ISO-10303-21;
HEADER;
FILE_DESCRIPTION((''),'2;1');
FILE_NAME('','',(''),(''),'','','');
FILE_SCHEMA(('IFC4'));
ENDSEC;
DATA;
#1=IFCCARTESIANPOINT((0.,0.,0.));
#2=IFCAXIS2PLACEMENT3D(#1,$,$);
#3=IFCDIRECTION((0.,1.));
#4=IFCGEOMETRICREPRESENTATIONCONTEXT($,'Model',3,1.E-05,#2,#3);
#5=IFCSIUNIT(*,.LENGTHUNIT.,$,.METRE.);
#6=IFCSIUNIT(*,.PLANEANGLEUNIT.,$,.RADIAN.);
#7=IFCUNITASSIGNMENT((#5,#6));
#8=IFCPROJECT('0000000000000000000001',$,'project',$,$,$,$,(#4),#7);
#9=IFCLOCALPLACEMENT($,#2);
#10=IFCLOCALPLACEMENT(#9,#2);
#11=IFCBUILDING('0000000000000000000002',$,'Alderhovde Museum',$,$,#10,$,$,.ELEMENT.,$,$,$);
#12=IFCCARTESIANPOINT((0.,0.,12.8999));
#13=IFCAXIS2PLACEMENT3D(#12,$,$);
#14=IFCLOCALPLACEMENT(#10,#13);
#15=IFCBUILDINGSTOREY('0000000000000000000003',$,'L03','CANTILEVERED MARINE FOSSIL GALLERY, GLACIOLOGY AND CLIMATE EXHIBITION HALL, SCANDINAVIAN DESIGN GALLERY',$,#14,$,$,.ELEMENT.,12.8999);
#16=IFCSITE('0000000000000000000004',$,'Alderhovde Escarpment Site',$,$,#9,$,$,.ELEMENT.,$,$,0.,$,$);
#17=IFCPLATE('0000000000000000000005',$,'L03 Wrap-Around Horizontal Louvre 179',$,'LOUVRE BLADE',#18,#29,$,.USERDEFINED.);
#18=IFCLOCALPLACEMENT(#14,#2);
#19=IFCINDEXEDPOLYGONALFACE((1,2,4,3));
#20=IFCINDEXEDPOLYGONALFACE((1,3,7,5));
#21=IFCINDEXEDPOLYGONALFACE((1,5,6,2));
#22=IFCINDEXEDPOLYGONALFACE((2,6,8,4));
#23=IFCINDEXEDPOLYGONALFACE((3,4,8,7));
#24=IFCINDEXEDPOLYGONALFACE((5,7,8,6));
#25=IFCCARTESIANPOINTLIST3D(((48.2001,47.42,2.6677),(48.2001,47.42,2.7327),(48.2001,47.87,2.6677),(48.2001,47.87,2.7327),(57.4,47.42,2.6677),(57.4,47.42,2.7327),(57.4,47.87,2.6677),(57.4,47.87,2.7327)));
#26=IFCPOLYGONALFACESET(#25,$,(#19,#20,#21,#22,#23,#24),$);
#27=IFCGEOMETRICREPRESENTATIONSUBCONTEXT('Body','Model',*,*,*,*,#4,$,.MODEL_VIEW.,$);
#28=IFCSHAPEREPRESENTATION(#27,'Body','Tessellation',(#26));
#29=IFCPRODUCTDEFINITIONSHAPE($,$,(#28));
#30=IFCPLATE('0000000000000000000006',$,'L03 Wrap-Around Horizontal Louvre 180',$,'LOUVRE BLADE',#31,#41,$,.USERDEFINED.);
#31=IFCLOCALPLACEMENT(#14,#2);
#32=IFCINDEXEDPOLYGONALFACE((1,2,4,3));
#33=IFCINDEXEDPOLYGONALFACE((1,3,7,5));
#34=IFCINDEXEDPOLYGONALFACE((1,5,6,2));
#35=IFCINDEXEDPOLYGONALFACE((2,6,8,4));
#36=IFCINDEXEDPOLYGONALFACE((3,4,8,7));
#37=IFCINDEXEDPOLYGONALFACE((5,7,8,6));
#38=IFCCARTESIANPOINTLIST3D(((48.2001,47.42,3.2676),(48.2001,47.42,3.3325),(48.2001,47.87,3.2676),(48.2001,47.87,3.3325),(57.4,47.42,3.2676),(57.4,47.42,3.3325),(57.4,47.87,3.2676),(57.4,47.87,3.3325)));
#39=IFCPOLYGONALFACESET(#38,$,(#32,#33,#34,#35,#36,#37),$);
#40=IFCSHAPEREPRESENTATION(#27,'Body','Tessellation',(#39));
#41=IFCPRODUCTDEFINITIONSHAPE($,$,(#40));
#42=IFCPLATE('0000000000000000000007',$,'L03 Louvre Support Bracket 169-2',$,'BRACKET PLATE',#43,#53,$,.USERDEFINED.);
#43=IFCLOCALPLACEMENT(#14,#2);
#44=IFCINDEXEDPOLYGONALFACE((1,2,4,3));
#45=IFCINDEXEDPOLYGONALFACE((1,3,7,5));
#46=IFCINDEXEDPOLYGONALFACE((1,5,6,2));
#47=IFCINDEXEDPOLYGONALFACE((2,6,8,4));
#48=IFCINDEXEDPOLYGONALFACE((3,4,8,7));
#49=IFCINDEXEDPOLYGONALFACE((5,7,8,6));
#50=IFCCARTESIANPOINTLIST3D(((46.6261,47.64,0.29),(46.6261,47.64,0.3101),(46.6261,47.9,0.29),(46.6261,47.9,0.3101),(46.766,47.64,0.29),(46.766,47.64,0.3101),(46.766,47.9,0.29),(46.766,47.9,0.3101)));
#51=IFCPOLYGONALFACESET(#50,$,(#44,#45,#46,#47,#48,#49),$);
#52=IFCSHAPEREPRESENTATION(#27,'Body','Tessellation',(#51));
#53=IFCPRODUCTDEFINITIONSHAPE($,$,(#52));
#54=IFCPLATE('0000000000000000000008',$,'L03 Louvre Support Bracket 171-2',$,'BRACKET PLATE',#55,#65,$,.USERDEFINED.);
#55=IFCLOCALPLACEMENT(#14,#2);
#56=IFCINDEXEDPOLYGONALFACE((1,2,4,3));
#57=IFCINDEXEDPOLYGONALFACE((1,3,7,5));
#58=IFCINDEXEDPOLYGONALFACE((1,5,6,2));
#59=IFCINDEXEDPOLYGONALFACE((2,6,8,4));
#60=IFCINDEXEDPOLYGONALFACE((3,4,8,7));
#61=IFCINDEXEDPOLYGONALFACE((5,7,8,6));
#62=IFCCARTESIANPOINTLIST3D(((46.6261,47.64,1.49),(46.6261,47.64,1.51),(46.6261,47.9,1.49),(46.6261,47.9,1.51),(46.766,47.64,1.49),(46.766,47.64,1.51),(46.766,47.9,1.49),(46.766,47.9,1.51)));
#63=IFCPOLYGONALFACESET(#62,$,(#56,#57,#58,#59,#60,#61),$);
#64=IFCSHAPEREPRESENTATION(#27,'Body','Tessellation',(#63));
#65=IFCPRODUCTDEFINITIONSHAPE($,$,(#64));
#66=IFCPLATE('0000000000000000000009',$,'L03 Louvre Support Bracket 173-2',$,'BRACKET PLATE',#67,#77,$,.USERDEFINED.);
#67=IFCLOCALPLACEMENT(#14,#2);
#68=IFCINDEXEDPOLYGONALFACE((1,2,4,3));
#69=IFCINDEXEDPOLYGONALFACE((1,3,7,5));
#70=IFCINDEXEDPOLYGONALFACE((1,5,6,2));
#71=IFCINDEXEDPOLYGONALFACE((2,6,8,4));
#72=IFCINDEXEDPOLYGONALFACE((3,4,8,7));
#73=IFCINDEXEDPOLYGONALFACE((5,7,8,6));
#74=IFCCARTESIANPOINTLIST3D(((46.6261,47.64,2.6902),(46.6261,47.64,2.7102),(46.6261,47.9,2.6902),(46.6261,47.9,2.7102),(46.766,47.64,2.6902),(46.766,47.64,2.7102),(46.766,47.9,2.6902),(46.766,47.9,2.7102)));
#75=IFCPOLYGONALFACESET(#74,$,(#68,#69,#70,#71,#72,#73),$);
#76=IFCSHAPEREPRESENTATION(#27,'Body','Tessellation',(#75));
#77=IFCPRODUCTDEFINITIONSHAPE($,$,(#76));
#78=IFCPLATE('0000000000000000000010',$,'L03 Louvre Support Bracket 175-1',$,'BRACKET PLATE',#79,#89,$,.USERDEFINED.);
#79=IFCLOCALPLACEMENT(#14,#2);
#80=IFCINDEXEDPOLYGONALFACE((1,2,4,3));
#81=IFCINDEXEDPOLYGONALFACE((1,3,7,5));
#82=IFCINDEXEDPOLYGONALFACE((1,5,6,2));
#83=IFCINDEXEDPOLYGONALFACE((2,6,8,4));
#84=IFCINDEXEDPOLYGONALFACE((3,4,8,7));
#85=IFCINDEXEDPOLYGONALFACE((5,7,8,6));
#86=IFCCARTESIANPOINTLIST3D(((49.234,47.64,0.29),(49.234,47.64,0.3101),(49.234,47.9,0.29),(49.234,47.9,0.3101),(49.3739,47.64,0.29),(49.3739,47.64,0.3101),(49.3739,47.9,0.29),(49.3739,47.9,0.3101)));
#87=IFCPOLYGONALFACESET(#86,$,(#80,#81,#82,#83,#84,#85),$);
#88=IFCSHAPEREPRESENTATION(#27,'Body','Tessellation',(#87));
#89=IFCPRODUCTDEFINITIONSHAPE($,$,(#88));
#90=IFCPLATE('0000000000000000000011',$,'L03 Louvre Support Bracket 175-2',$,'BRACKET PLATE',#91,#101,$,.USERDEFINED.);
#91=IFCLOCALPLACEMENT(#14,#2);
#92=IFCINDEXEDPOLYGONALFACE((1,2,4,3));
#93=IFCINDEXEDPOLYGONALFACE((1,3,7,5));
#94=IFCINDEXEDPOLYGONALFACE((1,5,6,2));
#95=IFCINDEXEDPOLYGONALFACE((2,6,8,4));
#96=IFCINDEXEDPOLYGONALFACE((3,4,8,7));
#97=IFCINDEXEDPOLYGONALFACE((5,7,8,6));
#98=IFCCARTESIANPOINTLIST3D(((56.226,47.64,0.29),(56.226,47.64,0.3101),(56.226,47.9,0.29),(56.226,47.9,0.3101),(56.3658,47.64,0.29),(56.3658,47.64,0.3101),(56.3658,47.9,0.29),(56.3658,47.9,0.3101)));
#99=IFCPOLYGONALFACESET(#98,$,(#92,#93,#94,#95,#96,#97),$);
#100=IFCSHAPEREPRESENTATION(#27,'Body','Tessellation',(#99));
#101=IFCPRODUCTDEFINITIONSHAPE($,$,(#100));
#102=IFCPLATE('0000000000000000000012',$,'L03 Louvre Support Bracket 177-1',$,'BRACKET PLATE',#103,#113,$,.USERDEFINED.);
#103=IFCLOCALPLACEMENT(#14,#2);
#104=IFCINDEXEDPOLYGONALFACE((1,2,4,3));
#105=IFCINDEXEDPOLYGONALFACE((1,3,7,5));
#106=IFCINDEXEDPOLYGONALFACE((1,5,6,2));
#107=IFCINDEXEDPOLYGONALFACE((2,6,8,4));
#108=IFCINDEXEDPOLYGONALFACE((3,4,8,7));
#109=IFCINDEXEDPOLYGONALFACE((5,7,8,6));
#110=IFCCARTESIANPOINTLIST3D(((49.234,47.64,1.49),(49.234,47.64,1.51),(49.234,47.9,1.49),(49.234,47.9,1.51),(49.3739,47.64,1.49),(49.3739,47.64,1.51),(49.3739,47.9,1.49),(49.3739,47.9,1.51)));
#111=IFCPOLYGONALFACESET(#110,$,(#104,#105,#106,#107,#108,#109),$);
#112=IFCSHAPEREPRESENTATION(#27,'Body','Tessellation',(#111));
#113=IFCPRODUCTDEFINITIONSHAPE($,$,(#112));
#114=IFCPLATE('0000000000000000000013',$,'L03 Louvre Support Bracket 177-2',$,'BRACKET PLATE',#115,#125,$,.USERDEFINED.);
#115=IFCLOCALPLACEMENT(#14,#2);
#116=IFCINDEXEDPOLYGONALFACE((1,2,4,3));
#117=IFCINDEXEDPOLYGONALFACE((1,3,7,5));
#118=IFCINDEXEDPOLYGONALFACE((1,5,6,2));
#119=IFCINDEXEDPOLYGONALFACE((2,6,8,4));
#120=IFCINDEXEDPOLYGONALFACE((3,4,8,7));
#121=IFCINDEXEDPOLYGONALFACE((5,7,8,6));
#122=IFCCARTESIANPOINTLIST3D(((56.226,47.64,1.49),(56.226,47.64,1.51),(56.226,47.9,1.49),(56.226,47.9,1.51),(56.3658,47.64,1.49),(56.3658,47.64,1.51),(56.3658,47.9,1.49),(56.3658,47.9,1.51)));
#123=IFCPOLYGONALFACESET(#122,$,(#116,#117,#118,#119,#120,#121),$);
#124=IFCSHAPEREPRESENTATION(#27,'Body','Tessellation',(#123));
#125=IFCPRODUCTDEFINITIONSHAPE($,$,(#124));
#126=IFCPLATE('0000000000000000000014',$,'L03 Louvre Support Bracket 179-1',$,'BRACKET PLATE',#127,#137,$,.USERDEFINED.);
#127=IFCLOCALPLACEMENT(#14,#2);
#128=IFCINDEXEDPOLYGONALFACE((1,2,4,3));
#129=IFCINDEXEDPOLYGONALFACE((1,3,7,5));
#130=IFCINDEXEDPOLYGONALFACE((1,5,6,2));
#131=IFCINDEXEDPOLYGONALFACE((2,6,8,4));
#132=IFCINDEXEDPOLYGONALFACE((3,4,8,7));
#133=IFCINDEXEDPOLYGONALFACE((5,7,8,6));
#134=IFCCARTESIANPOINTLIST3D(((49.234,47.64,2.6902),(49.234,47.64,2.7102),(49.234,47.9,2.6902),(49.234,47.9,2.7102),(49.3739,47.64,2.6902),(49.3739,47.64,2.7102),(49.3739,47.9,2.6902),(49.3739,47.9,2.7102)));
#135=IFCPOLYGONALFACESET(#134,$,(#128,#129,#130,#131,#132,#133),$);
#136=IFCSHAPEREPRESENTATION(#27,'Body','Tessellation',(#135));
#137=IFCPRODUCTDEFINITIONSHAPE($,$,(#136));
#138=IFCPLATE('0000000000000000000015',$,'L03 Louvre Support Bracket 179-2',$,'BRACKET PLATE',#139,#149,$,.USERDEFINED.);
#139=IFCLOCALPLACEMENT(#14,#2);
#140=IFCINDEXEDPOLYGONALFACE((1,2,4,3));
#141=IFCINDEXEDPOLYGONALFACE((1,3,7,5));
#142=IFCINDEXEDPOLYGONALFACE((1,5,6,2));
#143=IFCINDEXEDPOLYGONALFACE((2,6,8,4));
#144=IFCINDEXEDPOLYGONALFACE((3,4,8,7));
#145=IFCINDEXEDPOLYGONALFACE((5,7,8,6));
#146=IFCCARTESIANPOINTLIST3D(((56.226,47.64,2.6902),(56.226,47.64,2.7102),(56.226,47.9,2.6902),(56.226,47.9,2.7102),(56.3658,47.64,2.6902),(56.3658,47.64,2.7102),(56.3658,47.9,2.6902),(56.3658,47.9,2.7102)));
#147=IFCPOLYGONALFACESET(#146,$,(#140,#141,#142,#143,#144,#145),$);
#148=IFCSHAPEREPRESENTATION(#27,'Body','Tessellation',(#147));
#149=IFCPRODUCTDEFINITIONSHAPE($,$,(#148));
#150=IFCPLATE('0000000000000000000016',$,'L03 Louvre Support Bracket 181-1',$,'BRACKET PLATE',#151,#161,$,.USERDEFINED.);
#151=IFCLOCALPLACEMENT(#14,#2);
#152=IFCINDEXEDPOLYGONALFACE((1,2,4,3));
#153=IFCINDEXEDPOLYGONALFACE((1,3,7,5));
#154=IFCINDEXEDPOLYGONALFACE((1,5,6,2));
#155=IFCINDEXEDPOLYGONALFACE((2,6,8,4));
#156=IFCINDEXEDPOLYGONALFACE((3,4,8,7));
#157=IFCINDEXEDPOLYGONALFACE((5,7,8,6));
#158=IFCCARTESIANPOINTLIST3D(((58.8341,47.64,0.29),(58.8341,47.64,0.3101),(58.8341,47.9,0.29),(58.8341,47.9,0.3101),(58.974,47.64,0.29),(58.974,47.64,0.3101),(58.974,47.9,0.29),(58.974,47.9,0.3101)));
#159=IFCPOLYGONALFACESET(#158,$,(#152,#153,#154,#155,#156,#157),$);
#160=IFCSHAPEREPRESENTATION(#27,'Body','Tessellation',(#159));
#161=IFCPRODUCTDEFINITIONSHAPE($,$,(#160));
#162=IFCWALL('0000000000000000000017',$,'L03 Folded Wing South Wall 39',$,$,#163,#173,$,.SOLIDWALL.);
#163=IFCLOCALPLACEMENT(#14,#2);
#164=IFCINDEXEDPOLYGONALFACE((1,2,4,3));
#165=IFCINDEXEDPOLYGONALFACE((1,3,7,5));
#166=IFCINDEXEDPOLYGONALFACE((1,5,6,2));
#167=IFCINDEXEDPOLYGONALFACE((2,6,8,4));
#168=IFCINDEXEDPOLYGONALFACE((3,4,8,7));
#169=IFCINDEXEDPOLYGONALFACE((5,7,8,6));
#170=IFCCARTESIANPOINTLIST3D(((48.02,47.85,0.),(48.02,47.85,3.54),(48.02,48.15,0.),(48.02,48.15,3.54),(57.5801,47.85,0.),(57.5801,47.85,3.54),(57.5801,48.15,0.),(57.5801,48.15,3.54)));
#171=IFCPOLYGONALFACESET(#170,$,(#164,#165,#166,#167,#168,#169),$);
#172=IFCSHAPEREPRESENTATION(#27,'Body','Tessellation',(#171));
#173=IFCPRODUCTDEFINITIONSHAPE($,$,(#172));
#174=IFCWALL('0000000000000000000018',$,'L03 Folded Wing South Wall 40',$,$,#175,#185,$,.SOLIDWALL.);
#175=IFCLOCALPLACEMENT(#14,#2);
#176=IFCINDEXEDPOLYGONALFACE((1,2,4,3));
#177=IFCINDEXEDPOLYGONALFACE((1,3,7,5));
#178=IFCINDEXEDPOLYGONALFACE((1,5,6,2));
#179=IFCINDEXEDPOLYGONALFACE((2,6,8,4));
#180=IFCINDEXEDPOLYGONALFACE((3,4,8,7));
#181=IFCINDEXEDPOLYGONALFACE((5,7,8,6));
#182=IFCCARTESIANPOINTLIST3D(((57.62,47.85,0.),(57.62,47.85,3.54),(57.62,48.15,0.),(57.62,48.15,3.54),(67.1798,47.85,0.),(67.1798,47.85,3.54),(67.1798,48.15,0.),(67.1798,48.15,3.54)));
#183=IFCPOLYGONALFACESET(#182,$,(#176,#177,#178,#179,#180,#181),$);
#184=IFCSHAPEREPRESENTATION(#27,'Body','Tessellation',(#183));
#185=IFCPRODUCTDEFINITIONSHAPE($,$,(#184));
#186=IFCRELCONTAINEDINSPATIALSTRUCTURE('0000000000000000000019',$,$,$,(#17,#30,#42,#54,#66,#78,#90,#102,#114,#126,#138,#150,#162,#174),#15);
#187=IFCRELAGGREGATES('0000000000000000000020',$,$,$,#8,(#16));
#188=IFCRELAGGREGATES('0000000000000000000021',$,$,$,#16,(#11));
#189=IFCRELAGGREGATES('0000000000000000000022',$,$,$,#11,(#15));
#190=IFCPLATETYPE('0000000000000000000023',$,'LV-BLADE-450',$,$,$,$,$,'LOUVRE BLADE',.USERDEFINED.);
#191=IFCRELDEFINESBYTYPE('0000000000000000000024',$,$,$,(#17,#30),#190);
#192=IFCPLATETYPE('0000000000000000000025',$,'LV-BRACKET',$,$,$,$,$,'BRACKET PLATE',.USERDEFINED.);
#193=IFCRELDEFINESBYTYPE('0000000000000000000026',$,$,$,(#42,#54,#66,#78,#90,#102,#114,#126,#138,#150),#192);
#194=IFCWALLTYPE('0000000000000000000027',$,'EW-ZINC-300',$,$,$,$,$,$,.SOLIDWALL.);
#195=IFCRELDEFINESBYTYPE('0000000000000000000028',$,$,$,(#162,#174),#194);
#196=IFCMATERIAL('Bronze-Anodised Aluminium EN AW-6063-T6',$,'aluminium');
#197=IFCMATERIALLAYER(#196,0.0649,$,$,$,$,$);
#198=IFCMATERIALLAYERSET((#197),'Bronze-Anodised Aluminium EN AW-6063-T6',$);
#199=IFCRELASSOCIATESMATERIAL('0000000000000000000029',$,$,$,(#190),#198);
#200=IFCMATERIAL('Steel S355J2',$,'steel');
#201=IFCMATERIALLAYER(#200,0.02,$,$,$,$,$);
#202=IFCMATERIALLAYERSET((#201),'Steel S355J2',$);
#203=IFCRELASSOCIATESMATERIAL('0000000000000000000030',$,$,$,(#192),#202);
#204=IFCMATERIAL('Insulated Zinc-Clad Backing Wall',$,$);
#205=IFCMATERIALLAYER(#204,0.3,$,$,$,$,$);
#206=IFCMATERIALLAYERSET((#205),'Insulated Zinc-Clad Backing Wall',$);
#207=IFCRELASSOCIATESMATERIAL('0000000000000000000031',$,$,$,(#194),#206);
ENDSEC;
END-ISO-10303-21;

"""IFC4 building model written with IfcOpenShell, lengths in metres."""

from ifc_helpers import new_model, si_unit, direction, frame, frame_2d, origin, origin_2d, place, context, subcontext, project, spatial, rectangle, extrude, material, layer, layer_set, type_object, element, save


model = new_model("IFC4")

# Units and contexts
model_context = context("Model", 3, precision=1e-05, world=origin(), true_north=direction((0.0, 1.0)))
body_context = subcontext(model_context, "Body", "Model", "MODEL_VIEW")
ifc_project = project(units=[si_unit("LENGTHUNIT", "METRE"), si_unit("PLANEANGLEUNIT", "RADIAN")], contexts=[model_context])

# Site, building, storey
site_placement = place(None, origin())
site = spatial("IfcSite", under=ifc_project, at=site_placement, Name="Alderhovde Escarpment Site", CompositionType="ELEMENT", RefElevation=0.0)
building_placement = place(site_placement, origin())
building = spatial("IfcBuilding", under=site, at=building_placement, Name="Alderhovde Museum", CompositionType="ELEMENT")
storey_placement = place(building_placement, frame((0.0, 0.0, 12.8999)))
storey = spatial("IfcBuildingStorey", under=building, at=storey_placement, Name="L03", Description="CANTILEVERED MARINE FOSSIL GALLERY, GLACIOLOGY AND CLIMATE EXHIBITION HALL, SCANDINAVIAN DESIGN GALLERY", CompositionType="ELEMENT", Elevation=12.8999)

# Plates
ifc_material_1 = material(Name="Bronze-Anodised Aluminium EN AW-6063-T6", Category="aluminium")
ifc_layer_1 = layer(ifc_material_1, 0.0649)
ifc_layer_set_1 = layer_set([ifc_layer_1], Name="Bronze-Anodised Aluminium EN AW-6063-T6")
plate_type_1 = type_object("IfcPlateType", Name="LV-BLADE-450", ElementType="LOUVRE BLADE", PredefinedType="USERDEFINED", material=ifc_layer_set_1)
for number, where, z_axis, x_axis, name in (
    (1, (52.8, 47.645, 2.6677), (0.0, 0.0, 1.0), (1.0, 0.0, 0.0), "L03 Wrap-Around Horizontal Louvre 179"),
    (2, (52.8, 47.645, 3.2676), (0.0, 0.0, 1.0), (1.0, 0.0, 0.0), "L03 Wrap-Around Horizontal Louvre 180"),
):
    element("IfcPlate", number, at=place(storey_placement, frame(where, z_axis=z_axis, x_axis=x_axis)), inside=storey, type_object=plate_type_1, Name=name, ObjectType="LOUVRE BLADE", PredefinedType="USERDEFINED", context=body_context, shape_type="SweptSolid", body=[
        extrude(rectangle(XDim=9.2, YDim=0.45, at=origin_2d()), origin(), (0.0, 0.0, 1.0), 0.0649),
    ])
ifc_material_2 = material(Name="Steel S355J2", Category="steel")
ifc_layer_2 = layer(ifc_material_2, 0.02)
ifc_layer_set_2 = layer_set([ifc_layer_2], Name="Steel S355J2")
plate_type_2 = type_object("IfcPlateType", Name="LV-BRACKET", ElementType="BRACKET PLATE", PredefinedType="USERDEFINED", material=ifc_layer_set_2)
for number, where, z_axis, x_axis, name in (
    (3, (46.696, 47.77, 0.29), (0.0, 0.0, 1.0), (1.0, 0.0, 0.0), "L03 Louvre Support Bracket 169-2"),
    (4, (46.696, 47.77, 1.49), (0.0, 0.0, 1.0), (1.0, 0.0, 0.0), "L03 Louvre Support Bracket 171-2"),
    (5, (46.696, 47.77, 2.6902), (0.0, 0.0, 1.0), (1.0, 0.0, 0.0), "L03 Louvre Support Bracket 173-2"),
    (6, (49.304, 47.77, 0.29), (0.0, 0.0, 1.0), (1.0, 0.0, 0.0), "L03 Louvre Support Bracket 175-1"),
    (7, (56.2959, 47.77, 0.29), (0.0, 0.0, 1.0), (1.0, 0.0, 0.0), "L03 Louvre Support Bracket 175-2"),
    (8, (49.304, 47.77, 1.49), (0.0, 0.0, 1.0), (1.0, 0.0, 0.0), "L03 Louvre Support Bracket 177-1"),
    (9, (56.2959, 47.77, 1.49), (0.0, 0.0, 1.0), (1.0, 0.0, 0.0), "L03 Louvre Support Bracket 177-2"),
    (10, (49.304, 47.77, 2.6902), (0.0, 0.0, 1.0), (1.0, 0.0, 0.0), "L03 Louvre Support Bracket 179-1"),
    (11, (56.2959, 47.77, 2.6902), (0.0, 0.0, 1.0), (1.0, 0.0, 0.0), "L03 Louvre Support Bracket 179-2"),
    (12, (58.9041, 47.77, 0.29), (0.0, 0.0, 1.0), (1.0, 0.0, 0.0), "L03 Louvre Support Bracket 181-1"),
):
    element("IfcPlate", number, at=place(storey_placement, frame(where, z_axis=z_axis, x_axis=x_axis)), inside=storey, type_object=plate_type_2, Name=name, ObjectType="BRACKET PLATE", PredefinedType="USERDEFINED", context=body_context, shape_type="SweptSolid", body=[
        extrude(rectangle(XDim=0.1399, YDim=0.26, at=origin_2d()), origin(), (0.0, 0.0, 1.0), 0.02),
    ])

# Walls
ifc_material_3 = material(Name="Insulated Zinc-Clad Backing Wall")
ifc_layer_3 = layer(ifc_material_3, 0.3)
ifc_layer_set_3 = layer_set([ifc_layer_3], Name="Insulated Zinc-Clad Backing Wall")
wall_type = type_object("IfcWallType", Name="EW-ZINC-300", PredefinedType="SOLIDWALL", material=ifc_layer_set_3)
wall_1_placement = place(storey_placement, frame((48.02, 48.0, 0.0), z_axis=(0.0, 0.0, 1.0), x_axis=(1.0, 0.0, 0.0)))
element("IfcWall", 13, at=wall_1_placement, inside=storey, type_object=wall_type, Name="L03 Folded Wing South Wall 39", PredefinedType="SOLIDWALL", context=body_context, shape_type="SweptSolid", body=[
    extrude(rectangle(XDim=9.5601, YDim=0.3, at=frame_2d((4.78, 0.0))), origin(), (0.0, 0.0, 1.0), 3.54),
])
wall_2_placement = place(storey_placement, frame((57.6201, 48.0, 0.0), z_axis=(0.0, 0.0, 1.0), x_axis=(1.0, 0.0, 0.0)))
element("IfcWall", 14, at=wall_2_placement, inside=storey, type_object=wall_type, Name="L03 Folded Wing South Wall 40", PredefinedType="SOLIDWALL", context=body_context, shape_type="SweptSolid", body=[
    extrude(rectangle(XDim=9.5598, YDim=0.3, at=frame_2d((4.7798, 0.0))), origin(), (0.0, 0.0, 1.0), 3.54),
])

save(model, "model.ifc")
